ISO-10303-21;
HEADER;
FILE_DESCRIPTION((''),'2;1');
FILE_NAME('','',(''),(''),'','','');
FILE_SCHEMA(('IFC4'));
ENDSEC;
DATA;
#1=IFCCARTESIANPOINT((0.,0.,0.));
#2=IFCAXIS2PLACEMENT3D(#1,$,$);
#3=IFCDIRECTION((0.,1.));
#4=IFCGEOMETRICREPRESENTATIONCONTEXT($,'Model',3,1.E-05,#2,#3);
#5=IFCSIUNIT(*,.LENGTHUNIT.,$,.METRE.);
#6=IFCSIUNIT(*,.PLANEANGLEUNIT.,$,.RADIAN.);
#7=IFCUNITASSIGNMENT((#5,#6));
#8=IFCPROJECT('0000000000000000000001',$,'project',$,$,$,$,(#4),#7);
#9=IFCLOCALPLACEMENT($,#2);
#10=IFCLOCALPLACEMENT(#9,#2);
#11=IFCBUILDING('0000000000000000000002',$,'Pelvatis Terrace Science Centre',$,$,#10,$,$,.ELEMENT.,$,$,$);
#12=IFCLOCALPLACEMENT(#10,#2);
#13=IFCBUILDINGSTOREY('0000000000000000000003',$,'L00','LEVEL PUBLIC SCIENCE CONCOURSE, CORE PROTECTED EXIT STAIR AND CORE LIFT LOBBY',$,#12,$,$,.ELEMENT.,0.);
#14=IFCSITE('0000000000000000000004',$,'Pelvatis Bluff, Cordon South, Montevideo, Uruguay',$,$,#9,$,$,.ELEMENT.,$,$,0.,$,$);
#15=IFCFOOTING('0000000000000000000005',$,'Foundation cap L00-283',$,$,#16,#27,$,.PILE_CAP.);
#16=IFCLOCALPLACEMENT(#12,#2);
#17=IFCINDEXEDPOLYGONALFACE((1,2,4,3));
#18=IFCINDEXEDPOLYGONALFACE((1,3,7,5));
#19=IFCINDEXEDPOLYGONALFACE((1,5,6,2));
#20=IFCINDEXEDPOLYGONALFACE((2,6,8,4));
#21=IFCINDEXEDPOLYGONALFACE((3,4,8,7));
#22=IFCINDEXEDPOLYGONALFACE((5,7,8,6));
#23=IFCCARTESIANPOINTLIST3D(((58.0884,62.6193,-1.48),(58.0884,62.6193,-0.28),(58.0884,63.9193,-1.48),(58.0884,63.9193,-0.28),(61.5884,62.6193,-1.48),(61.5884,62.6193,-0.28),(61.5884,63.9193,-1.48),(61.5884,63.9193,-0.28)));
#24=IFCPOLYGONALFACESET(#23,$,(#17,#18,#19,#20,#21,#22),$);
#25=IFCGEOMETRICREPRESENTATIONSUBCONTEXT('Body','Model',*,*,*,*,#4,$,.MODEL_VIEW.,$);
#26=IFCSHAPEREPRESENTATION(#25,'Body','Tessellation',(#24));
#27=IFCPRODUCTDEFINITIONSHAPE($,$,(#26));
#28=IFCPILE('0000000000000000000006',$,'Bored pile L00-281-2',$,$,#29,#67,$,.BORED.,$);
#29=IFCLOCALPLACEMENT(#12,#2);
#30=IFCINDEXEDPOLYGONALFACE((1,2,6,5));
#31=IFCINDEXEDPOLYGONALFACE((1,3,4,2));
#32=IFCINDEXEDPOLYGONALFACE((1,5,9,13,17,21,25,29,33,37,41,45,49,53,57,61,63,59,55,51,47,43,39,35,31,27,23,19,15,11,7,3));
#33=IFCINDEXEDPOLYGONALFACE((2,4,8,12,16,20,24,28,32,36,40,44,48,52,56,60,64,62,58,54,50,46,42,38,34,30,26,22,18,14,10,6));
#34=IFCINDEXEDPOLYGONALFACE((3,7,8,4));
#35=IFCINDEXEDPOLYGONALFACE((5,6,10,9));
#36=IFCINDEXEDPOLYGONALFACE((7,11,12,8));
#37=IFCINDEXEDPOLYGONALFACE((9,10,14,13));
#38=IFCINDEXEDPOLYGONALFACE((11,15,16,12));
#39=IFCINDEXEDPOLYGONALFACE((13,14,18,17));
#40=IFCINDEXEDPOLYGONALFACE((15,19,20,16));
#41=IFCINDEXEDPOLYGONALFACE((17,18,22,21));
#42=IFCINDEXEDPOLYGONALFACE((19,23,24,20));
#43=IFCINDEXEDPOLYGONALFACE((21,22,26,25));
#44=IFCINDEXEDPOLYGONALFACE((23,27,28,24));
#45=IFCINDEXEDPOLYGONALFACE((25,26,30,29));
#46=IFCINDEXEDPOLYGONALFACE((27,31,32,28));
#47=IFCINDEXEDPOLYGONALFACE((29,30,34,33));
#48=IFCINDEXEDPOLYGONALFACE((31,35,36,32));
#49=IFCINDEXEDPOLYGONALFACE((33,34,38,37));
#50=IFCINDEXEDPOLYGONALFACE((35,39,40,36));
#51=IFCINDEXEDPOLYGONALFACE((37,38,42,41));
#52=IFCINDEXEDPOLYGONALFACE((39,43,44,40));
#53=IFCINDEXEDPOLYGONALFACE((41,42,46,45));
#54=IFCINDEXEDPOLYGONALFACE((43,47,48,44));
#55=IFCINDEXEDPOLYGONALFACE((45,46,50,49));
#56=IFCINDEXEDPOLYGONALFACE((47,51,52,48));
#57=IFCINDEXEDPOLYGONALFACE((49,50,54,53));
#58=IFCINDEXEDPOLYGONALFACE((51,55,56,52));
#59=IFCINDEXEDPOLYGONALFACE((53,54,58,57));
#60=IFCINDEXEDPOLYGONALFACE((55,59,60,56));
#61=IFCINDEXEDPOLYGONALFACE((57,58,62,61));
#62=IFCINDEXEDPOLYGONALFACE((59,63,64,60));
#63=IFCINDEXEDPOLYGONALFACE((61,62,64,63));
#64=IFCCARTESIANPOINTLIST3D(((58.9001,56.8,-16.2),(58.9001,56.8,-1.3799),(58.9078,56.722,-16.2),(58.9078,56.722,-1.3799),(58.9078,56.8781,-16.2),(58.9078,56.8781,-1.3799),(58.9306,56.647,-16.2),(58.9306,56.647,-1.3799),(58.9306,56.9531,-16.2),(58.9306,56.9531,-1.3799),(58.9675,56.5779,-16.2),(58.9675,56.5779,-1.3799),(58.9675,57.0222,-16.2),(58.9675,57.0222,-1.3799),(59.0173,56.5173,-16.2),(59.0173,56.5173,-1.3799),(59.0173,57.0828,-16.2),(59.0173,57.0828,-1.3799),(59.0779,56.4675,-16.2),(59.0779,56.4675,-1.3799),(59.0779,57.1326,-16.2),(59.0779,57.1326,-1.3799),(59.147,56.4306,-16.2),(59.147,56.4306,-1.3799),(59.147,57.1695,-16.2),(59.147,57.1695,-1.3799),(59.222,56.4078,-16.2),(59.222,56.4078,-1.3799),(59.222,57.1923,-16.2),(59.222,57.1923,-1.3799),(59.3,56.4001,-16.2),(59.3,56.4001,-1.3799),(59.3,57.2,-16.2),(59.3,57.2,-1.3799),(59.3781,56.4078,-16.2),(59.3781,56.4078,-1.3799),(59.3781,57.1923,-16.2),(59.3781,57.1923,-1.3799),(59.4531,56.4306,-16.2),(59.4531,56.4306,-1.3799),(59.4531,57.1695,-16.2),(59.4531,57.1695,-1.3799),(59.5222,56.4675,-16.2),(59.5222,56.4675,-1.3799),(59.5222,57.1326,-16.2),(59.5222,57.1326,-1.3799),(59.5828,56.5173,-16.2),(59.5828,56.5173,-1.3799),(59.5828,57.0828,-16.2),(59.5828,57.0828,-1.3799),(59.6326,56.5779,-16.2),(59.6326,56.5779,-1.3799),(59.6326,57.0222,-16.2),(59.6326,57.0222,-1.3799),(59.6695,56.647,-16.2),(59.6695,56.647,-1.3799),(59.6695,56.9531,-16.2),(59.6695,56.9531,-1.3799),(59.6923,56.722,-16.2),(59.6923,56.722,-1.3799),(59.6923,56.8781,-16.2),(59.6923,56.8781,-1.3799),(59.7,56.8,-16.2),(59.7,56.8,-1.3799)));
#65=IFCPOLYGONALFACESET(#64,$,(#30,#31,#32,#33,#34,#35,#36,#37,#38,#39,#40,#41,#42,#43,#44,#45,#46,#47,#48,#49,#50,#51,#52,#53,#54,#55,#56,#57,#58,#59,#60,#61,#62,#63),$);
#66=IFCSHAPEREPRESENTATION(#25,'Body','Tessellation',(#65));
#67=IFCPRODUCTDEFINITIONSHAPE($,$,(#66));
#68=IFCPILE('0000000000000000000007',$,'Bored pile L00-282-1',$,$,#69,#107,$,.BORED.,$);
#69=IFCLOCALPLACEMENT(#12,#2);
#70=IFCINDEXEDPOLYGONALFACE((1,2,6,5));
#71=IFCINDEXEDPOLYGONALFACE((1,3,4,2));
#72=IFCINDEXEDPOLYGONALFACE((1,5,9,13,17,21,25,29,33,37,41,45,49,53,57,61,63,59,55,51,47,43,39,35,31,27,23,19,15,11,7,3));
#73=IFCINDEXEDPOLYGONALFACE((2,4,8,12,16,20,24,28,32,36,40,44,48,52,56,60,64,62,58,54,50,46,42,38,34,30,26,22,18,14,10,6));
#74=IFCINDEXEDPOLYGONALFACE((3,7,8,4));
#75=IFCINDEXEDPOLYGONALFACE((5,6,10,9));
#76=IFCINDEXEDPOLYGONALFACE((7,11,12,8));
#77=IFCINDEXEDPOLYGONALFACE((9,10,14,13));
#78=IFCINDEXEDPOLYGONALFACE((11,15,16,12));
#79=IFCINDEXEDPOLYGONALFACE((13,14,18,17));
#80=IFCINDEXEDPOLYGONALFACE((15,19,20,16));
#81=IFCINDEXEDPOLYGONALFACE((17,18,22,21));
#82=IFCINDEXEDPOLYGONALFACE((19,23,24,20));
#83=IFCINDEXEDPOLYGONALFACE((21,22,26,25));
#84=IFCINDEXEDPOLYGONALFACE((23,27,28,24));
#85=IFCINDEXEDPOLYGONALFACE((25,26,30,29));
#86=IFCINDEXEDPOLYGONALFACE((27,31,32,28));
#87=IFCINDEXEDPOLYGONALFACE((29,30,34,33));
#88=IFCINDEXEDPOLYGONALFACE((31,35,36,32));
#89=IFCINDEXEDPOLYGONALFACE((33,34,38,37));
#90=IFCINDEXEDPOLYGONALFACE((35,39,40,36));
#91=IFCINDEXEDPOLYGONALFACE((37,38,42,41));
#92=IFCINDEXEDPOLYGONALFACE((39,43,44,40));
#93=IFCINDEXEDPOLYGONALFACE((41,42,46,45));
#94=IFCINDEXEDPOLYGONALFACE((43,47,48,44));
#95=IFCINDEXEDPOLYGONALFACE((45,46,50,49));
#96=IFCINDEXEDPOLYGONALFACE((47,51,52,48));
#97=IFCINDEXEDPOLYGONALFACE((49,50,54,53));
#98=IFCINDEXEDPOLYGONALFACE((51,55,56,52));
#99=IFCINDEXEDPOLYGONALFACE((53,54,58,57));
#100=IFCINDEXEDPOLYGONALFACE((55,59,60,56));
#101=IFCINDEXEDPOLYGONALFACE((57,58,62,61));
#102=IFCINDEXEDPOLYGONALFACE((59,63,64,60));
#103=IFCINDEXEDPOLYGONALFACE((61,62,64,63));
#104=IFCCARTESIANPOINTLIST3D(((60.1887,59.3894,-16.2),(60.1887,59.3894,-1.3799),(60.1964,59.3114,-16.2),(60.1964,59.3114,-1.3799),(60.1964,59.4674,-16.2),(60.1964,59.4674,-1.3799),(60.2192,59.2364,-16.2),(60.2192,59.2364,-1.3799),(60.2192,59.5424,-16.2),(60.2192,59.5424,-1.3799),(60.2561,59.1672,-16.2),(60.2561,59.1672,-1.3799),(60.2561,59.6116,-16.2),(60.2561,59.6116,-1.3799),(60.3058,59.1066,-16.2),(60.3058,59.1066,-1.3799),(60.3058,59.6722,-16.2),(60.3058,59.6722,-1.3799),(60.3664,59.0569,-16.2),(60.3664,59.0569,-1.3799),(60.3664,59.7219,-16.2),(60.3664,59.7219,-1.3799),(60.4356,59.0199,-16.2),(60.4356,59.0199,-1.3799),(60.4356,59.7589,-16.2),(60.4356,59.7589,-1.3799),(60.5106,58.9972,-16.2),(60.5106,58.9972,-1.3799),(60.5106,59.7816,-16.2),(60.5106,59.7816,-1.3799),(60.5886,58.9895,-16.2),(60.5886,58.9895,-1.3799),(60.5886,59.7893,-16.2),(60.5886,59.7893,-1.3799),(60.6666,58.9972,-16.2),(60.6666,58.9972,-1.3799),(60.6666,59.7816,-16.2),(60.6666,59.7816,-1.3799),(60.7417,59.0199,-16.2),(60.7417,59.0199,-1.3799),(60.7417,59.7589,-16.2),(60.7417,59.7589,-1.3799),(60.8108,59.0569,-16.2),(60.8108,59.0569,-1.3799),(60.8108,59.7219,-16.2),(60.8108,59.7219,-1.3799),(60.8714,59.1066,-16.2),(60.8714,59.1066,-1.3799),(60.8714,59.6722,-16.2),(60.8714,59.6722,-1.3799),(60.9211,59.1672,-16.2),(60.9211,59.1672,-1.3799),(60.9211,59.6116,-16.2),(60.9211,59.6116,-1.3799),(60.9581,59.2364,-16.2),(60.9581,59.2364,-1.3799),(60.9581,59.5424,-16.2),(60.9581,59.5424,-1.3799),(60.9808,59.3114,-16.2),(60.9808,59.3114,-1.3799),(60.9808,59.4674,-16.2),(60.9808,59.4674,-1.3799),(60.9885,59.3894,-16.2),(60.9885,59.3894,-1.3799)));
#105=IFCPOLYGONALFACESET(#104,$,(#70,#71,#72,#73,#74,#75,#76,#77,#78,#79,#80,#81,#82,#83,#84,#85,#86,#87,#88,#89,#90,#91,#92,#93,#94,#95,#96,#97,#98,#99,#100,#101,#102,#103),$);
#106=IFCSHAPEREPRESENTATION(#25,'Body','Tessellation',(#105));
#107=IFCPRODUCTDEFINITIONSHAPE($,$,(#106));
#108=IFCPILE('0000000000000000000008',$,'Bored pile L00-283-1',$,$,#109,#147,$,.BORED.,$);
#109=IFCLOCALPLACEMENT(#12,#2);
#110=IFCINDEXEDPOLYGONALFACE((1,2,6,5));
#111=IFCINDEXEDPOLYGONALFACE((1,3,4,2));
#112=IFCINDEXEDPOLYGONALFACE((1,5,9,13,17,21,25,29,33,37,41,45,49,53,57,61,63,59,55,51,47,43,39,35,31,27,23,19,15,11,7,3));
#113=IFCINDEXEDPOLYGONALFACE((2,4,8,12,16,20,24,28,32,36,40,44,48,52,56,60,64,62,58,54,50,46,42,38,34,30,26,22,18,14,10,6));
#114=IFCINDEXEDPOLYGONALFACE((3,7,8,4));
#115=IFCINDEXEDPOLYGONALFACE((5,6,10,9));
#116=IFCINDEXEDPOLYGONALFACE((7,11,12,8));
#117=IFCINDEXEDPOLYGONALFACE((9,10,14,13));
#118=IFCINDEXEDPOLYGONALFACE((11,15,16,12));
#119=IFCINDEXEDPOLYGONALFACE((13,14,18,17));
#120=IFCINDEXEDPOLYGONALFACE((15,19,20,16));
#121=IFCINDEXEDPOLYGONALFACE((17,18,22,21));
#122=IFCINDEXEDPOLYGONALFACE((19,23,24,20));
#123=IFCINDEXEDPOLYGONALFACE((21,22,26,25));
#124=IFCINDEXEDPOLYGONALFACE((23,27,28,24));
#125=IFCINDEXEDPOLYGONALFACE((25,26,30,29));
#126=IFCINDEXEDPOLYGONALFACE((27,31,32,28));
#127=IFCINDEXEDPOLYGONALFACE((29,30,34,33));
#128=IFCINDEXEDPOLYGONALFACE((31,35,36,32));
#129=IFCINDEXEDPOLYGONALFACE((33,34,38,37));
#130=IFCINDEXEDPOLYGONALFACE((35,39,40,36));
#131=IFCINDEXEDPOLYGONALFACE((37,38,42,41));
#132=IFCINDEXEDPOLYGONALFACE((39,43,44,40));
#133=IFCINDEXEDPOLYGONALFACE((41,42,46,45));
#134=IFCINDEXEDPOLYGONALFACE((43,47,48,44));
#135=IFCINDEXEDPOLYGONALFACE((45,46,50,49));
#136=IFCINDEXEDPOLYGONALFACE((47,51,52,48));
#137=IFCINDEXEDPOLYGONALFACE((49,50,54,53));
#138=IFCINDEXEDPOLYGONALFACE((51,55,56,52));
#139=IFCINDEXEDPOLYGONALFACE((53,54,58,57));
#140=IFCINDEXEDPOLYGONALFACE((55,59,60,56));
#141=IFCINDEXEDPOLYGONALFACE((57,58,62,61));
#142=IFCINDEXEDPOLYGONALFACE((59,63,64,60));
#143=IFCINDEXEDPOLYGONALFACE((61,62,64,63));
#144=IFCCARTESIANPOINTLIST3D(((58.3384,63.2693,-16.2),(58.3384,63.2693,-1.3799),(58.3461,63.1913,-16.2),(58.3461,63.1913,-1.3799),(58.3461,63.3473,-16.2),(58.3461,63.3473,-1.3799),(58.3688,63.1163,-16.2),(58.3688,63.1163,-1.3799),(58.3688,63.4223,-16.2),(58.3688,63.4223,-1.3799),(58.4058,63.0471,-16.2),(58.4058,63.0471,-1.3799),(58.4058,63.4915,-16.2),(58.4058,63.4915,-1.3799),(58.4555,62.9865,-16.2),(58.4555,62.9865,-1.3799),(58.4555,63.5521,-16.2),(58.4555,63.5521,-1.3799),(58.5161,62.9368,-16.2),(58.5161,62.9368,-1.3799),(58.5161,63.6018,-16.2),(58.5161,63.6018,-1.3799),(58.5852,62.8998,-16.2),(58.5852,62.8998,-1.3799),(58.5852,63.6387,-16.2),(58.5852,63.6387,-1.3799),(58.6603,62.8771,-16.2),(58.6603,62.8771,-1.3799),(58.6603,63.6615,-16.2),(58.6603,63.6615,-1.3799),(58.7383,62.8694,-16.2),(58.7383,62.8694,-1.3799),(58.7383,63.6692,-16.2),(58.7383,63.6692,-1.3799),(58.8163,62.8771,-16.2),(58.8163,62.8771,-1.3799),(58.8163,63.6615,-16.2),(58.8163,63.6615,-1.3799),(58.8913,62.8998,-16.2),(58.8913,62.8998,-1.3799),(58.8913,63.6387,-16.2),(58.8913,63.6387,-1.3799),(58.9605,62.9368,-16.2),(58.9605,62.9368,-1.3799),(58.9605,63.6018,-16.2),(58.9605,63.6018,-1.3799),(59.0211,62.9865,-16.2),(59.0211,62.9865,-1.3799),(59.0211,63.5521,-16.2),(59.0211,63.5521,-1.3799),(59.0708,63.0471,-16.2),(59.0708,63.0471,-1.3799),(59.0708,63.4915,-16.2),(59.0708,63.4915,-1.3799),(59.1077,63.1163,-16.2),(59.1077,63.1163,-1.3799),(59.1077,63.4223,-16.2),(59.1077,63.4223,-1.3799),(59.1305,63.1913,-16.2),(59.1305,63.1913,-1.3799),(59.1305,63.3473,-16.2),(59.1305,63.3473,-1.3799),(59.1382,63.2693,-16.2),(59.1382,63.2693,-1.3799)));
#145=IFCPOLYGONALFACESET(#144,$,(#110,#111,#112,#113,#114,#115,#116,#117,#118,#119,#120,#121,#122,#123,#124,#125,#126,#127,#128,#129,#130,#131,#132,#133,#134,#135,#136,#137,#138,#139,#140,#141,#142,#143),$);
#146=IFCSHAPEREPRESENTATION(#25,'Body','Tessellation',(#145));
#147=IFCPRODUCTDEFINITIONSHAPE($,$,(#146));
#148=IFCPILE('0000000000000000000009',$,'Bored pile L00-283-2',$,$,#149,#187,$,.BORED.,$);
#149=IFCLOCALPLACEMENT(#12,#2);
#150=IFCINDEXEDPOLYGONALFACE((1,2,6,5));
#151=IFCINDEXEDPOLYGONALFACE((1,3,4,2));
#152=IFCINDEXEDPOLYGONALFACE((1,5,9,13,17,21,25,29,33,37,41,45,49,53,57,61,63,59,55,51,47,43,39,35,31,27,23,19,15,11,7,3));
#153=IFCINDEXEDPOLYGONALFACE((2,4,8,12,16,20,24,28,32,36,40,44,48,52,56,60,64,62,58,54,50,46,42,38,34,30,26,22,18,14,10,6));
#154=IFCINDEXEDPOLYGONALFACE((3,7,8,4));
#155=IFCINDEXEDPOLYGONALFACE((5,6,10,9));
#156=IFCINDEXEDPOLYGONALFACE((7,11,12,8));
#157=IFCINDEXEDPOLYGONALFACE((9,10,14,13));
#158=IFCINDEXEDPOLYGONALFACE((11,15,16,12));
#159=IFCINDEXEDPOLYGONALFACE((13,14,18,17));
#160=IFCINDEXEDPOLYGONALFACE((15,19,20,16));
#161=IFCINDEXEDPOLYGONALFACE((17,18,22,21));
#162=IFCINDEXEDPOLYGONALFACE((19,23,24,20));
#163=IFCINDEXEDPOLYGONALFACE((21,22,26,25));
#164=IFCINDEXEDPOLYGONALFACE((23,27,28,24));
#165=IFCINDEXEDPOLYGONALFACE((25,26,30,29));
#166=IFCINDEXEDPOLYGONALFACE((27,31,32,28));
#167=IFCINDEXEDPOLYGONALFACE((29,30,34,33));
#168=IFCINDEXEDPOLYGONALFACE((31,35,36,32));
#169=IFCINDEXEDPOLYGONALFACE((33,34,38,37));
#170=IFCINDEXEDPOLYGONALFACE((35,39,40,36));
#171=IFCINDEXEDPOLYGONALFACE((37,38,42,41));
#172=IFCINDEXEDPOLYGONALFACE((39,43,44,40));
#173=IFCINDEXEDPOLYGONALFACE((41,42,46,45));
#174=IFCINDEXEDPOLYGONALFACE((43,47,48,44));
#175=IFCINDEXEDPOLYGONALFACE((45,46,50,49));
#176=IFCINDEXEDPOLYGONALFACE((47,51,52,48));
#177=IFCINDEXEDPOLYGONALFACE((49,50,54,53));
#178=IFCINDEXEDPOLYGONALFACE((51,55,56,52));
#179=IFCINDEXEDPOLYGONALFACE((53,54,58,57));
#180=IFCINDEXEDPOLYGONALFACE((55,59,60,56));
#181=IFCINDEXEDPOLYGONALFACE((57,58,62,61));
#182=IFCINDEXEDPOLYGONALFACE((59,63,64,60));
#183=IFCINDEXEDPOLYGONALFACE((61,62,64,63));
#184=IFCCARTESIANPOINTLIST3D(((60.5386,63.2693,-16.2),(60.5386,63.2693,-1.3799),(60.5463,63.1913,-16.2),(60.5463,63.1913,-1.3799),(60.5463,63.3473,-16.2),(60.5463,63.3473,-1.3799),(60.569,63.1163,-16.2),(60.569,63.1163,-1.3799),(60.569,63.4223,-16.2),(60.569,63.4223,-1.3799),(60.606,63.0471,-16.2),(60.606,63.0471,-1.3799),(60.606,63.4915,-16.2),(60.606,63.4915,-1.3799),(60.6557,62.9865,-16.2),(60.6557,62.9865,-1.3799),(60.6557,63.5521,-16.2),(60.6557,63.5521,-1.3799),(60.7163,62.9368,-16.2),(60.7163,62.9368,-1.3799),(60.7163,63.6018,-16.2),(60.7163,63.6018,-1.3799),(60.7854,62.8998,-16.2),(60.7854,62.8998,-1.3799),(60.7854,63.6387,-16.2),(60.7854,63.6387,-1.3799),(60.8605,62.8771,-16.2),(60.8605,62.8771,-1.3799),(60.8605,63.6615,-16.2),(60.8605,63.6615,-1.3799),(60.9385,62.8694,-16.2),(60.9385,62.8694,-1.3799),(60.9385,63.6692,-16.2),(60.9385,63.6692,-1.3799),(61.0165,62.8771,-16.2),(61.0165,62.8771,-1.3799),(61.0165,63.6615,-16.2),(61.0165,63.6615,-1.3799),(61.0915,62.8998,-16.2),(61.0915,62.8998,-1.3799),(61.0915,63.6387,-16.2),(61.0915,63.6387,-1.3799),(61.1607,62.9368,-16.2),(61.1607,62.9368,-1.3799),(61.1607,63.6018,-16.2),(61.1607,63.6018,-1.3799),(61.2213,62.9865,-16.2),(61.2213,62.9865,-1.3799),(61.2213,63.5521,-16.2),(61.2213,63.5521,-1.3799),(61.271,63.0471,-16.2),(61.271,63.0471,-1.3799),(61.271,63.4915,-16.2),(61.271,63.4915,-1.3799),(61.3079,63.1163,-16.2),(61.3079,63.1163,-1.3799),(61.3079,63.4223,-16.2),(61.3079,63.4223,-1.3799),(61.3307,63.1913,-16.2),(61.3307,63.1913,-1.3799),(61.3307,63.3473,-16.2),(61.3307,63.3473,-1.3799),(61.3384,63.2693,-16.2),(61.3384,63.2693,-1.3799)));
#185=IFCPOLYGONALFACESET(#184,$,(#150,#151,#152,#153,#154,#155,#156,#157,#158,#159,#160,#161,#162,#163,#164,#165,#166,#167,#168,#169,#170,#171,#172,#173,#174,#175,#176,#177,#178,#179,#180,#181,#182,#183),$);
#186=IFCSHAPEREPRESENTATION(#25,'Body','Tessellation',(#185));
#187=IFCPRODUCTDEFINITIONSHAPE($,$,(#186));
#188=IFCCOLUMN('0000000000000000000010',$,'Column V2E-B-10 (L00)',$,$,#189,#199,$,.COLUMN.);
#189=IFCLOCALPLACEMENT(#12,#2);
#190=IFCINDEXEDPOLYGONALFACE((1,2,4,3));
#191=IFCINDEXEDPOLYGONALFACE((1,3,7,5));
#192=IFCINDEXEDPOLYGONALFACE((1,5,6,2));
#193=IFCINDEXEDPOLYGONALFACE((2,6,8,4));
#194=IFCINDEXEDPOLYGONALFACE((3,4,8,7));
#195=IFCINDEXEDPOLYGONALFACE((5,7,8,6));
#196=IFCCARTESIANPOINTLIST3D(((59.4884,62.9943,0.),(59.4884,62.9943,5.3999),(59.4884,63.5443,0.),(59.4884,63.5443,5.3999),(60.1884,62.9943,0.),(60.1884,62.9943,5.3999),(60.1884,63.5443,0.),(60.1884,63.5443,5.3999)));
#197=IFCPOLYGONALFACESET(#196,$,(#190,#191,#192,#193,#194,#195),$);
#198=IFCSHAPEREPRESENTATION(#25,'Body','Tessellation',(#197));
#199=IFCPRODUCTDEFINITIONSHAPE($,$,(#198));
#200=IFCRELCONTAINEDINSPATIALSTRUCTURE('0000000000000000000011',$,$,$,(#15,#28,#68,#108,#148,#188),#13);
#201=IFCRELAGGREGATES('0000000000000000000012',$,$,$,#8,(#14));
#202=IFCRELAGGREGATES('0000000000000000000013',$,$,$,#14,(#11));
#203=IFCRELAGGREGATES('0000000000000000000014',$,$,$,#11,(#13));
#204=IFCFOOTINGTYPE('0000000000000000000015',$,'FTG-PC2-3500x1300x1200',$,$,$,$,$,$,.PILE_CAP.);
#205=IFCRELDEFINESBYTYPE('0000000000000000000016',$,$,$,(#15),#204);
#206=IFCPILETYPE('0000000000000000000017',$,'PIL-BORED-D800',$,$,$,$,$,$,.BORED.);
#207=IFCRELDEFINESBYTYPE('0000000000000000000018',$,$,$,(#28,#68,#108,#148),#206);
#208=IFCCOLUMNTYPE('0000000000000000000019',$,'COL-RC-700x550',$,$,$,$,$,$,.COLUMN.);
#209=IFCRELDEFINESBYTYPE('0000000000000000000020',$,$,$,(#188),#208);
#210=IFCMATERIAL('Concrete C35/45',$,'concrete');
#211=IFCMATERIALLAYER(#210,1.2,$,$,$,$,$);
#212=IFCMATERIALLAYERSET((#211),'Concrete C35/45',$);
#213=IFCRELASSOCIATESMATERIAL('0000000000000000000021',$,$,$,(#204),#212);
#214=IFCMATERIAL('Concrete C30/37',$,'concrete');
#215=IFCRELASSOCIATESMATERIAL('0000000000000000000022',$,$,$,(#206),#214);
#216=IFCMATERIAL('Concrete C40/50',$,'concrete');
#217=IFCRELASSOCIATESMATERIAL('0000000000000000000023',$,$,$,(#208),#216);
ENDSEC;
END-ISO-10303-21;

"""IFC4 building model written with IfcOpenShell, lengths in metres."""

from ifc_helpers import new_model, si_unit, direction, frame, origin, origin_2d, place, context, subcontext, project, spatial, rectangle, circle, extrude, material, layer, layer_set, material_profile, profile_set, type_object, element, save


model = new_model("IFC4")

# Units and contexts
model_context = context("Model", 3, precision=1e-05, world=origin(), true_north=direction((0.0, 1.0)))
body_context = subcontext(model_context, "Body", "Model", "MODEL_VIEW")
ifc_project = project(units=[si_unit("LENGTHUNIT", "METRE"), si_unit("PLANEANGLEUNIT", "RADIAN")], contexts=[model_context])

# Site, building, storey
site_placement = place(None, origin())
site = spatial("IfcSite", under=ifc_project, at=site_placement, Name="Pelvatis Bluff, Cordon South, Montevideo, Uruguay", CompositionType="ELEMENT", RefElevation=0.0)
building_placement = place(site_placement, origin())
building = spatial("IfcBuilding", under=site, at=building_placement, Name="Pelvatis Terrace Science Centre", CompositionType="ELEMENT")
storey_placement = place(building_placement, origin())
storey = spatial("IfcBuildingStorey", under=building, at=storey_placement, Name="L00", Description="LEVEL PUBLIC SCIENCE CONCOURSE, CORE PROTECTED EXIT STAIR AND CORE LIFT LOBBY", CompositionType="ELEMENT", Elevation=0.0)

# Footing
ifc_material_1 = material(Name="Concrete C35/45", Category="concrete")
ifc_layer_1 = layer(ifc_material_1, 1.2)
ifc_layer_set_1 = layer_set([ifc_layer_1], Name="Concrete C35/45")
footing_type = type_object("IfcFootingType", Name="FTG-PC2-3500x1300x1200", PredefinedType="PILE_CAP", material=ifc_layer_set_1)
footing_placement = place(storey_placement, frame((59.8384, 63.2693, -1.48), z_axis=(0.0, 0.0, 1.0), x_axis=(1.0, 0.0, 0.0)))
element("IfcFooting", 1, at=footing_placement, inside=storey, type_object=footing_type, Name="Foundation cap L00-283", PredefinedType="PILE_CAP", context=body_context, shape_type="SweptSolid", body=[
    extrude(rectangle(XDim=3.5, YDim=1.3, at=origin_2d()), origin(), (0.0, 0.0, 1.0), 1.2),
])

# Piles
ifc_material_2 = material(Name="Concrete C30/37", Category="concrete")
ifc_material_profile_1 = material_profile(ifc_material_2, circle(Radius=0.3999, at=origin_2d()), Name="PILE D800")
ifc_profile_set_1 = profile_set([ifc_material_profile_1], Name="Concrete C30/37")
pile_type = type_object("IfcPileType", Name="PIL-BORED-D800", PredefinedType="BORED", material=ifc_profile_set_1)
for number, where, z_axis, x_axis, name in (
    (2, (59.3, 56.8, -1.3799), (0.0, 0.0, -1.0), (1.0, 0.0, 0.0), "Bored pile L00-281-2"),
    (3, (60.5886, 59.3894, -1.3799), (0.0, 0.0, -1.0), (1.0, 0.0, 0.0), "Bored pile L00-282-1"),
    (4, (58.7383, 63.2693, -1.3799), (0.0, 0.0, -1.0), (1.0, 0.0, 0.0), "Bored pile L00-283-1"),
    (5, (60.9385, 63.2693, -1.3799), (0.0, 0.0, -1.0), (1.0, 0.0, 0.0), "Bored pile L00-283-2"),
):
    element("IfcPile", number, at=place(storey_placement, frame(where, z_axis=z_axis, x_axis=x_axis)), inside=storey, type_object=pile_type, Name=name, PredefinedType="BORED", context=body_context, shape_type="SweptSolid", body=[
        extrude(circle(Radius=0.3999, at=origin_2d()), origin(), (0.0, 0.0, 1.0), 14.8201),
    ])

# Column
ifc_material_3 = material(Name="Concrete C40/50", Category="concrete")
ifc_material_profile_2 = material_profile(ifc_material_3, rectangle(XDim=0.7, YDim=0.55, at=origin_2d()), Name="RC-COL 700x550")
ifc_profile_set_2 = profile_set([ifc_material_profile_2], Name="Concrete C40/50")
column_type = type_object("IfcColumnType", Name="COL-RC-700x550", PredefinedType="COLUMN", material=ifc_profile_set_2)
column_placement = place(storey_placement, frame((59.8384, 63.2693, 0.0), z_axis=(0.0, 0.0, 1.0), x_axis=(1.0, 0.0, 0.0)))
element("IfcColumn", 6, at=column_placement, inside=storey, type_object=column_type, Name="Column V2E-B-10 (L00)", PredefinedType="COLUMN", context=body_context, shape_type="SweptSolid", body=[
    extrude(rectangle(XDim=0.7, YDim=0.55, at=origin_2d()), origin(), (0.0, 0.0, 1.0), 5.3999),
])

save(model, "model.ifc")
